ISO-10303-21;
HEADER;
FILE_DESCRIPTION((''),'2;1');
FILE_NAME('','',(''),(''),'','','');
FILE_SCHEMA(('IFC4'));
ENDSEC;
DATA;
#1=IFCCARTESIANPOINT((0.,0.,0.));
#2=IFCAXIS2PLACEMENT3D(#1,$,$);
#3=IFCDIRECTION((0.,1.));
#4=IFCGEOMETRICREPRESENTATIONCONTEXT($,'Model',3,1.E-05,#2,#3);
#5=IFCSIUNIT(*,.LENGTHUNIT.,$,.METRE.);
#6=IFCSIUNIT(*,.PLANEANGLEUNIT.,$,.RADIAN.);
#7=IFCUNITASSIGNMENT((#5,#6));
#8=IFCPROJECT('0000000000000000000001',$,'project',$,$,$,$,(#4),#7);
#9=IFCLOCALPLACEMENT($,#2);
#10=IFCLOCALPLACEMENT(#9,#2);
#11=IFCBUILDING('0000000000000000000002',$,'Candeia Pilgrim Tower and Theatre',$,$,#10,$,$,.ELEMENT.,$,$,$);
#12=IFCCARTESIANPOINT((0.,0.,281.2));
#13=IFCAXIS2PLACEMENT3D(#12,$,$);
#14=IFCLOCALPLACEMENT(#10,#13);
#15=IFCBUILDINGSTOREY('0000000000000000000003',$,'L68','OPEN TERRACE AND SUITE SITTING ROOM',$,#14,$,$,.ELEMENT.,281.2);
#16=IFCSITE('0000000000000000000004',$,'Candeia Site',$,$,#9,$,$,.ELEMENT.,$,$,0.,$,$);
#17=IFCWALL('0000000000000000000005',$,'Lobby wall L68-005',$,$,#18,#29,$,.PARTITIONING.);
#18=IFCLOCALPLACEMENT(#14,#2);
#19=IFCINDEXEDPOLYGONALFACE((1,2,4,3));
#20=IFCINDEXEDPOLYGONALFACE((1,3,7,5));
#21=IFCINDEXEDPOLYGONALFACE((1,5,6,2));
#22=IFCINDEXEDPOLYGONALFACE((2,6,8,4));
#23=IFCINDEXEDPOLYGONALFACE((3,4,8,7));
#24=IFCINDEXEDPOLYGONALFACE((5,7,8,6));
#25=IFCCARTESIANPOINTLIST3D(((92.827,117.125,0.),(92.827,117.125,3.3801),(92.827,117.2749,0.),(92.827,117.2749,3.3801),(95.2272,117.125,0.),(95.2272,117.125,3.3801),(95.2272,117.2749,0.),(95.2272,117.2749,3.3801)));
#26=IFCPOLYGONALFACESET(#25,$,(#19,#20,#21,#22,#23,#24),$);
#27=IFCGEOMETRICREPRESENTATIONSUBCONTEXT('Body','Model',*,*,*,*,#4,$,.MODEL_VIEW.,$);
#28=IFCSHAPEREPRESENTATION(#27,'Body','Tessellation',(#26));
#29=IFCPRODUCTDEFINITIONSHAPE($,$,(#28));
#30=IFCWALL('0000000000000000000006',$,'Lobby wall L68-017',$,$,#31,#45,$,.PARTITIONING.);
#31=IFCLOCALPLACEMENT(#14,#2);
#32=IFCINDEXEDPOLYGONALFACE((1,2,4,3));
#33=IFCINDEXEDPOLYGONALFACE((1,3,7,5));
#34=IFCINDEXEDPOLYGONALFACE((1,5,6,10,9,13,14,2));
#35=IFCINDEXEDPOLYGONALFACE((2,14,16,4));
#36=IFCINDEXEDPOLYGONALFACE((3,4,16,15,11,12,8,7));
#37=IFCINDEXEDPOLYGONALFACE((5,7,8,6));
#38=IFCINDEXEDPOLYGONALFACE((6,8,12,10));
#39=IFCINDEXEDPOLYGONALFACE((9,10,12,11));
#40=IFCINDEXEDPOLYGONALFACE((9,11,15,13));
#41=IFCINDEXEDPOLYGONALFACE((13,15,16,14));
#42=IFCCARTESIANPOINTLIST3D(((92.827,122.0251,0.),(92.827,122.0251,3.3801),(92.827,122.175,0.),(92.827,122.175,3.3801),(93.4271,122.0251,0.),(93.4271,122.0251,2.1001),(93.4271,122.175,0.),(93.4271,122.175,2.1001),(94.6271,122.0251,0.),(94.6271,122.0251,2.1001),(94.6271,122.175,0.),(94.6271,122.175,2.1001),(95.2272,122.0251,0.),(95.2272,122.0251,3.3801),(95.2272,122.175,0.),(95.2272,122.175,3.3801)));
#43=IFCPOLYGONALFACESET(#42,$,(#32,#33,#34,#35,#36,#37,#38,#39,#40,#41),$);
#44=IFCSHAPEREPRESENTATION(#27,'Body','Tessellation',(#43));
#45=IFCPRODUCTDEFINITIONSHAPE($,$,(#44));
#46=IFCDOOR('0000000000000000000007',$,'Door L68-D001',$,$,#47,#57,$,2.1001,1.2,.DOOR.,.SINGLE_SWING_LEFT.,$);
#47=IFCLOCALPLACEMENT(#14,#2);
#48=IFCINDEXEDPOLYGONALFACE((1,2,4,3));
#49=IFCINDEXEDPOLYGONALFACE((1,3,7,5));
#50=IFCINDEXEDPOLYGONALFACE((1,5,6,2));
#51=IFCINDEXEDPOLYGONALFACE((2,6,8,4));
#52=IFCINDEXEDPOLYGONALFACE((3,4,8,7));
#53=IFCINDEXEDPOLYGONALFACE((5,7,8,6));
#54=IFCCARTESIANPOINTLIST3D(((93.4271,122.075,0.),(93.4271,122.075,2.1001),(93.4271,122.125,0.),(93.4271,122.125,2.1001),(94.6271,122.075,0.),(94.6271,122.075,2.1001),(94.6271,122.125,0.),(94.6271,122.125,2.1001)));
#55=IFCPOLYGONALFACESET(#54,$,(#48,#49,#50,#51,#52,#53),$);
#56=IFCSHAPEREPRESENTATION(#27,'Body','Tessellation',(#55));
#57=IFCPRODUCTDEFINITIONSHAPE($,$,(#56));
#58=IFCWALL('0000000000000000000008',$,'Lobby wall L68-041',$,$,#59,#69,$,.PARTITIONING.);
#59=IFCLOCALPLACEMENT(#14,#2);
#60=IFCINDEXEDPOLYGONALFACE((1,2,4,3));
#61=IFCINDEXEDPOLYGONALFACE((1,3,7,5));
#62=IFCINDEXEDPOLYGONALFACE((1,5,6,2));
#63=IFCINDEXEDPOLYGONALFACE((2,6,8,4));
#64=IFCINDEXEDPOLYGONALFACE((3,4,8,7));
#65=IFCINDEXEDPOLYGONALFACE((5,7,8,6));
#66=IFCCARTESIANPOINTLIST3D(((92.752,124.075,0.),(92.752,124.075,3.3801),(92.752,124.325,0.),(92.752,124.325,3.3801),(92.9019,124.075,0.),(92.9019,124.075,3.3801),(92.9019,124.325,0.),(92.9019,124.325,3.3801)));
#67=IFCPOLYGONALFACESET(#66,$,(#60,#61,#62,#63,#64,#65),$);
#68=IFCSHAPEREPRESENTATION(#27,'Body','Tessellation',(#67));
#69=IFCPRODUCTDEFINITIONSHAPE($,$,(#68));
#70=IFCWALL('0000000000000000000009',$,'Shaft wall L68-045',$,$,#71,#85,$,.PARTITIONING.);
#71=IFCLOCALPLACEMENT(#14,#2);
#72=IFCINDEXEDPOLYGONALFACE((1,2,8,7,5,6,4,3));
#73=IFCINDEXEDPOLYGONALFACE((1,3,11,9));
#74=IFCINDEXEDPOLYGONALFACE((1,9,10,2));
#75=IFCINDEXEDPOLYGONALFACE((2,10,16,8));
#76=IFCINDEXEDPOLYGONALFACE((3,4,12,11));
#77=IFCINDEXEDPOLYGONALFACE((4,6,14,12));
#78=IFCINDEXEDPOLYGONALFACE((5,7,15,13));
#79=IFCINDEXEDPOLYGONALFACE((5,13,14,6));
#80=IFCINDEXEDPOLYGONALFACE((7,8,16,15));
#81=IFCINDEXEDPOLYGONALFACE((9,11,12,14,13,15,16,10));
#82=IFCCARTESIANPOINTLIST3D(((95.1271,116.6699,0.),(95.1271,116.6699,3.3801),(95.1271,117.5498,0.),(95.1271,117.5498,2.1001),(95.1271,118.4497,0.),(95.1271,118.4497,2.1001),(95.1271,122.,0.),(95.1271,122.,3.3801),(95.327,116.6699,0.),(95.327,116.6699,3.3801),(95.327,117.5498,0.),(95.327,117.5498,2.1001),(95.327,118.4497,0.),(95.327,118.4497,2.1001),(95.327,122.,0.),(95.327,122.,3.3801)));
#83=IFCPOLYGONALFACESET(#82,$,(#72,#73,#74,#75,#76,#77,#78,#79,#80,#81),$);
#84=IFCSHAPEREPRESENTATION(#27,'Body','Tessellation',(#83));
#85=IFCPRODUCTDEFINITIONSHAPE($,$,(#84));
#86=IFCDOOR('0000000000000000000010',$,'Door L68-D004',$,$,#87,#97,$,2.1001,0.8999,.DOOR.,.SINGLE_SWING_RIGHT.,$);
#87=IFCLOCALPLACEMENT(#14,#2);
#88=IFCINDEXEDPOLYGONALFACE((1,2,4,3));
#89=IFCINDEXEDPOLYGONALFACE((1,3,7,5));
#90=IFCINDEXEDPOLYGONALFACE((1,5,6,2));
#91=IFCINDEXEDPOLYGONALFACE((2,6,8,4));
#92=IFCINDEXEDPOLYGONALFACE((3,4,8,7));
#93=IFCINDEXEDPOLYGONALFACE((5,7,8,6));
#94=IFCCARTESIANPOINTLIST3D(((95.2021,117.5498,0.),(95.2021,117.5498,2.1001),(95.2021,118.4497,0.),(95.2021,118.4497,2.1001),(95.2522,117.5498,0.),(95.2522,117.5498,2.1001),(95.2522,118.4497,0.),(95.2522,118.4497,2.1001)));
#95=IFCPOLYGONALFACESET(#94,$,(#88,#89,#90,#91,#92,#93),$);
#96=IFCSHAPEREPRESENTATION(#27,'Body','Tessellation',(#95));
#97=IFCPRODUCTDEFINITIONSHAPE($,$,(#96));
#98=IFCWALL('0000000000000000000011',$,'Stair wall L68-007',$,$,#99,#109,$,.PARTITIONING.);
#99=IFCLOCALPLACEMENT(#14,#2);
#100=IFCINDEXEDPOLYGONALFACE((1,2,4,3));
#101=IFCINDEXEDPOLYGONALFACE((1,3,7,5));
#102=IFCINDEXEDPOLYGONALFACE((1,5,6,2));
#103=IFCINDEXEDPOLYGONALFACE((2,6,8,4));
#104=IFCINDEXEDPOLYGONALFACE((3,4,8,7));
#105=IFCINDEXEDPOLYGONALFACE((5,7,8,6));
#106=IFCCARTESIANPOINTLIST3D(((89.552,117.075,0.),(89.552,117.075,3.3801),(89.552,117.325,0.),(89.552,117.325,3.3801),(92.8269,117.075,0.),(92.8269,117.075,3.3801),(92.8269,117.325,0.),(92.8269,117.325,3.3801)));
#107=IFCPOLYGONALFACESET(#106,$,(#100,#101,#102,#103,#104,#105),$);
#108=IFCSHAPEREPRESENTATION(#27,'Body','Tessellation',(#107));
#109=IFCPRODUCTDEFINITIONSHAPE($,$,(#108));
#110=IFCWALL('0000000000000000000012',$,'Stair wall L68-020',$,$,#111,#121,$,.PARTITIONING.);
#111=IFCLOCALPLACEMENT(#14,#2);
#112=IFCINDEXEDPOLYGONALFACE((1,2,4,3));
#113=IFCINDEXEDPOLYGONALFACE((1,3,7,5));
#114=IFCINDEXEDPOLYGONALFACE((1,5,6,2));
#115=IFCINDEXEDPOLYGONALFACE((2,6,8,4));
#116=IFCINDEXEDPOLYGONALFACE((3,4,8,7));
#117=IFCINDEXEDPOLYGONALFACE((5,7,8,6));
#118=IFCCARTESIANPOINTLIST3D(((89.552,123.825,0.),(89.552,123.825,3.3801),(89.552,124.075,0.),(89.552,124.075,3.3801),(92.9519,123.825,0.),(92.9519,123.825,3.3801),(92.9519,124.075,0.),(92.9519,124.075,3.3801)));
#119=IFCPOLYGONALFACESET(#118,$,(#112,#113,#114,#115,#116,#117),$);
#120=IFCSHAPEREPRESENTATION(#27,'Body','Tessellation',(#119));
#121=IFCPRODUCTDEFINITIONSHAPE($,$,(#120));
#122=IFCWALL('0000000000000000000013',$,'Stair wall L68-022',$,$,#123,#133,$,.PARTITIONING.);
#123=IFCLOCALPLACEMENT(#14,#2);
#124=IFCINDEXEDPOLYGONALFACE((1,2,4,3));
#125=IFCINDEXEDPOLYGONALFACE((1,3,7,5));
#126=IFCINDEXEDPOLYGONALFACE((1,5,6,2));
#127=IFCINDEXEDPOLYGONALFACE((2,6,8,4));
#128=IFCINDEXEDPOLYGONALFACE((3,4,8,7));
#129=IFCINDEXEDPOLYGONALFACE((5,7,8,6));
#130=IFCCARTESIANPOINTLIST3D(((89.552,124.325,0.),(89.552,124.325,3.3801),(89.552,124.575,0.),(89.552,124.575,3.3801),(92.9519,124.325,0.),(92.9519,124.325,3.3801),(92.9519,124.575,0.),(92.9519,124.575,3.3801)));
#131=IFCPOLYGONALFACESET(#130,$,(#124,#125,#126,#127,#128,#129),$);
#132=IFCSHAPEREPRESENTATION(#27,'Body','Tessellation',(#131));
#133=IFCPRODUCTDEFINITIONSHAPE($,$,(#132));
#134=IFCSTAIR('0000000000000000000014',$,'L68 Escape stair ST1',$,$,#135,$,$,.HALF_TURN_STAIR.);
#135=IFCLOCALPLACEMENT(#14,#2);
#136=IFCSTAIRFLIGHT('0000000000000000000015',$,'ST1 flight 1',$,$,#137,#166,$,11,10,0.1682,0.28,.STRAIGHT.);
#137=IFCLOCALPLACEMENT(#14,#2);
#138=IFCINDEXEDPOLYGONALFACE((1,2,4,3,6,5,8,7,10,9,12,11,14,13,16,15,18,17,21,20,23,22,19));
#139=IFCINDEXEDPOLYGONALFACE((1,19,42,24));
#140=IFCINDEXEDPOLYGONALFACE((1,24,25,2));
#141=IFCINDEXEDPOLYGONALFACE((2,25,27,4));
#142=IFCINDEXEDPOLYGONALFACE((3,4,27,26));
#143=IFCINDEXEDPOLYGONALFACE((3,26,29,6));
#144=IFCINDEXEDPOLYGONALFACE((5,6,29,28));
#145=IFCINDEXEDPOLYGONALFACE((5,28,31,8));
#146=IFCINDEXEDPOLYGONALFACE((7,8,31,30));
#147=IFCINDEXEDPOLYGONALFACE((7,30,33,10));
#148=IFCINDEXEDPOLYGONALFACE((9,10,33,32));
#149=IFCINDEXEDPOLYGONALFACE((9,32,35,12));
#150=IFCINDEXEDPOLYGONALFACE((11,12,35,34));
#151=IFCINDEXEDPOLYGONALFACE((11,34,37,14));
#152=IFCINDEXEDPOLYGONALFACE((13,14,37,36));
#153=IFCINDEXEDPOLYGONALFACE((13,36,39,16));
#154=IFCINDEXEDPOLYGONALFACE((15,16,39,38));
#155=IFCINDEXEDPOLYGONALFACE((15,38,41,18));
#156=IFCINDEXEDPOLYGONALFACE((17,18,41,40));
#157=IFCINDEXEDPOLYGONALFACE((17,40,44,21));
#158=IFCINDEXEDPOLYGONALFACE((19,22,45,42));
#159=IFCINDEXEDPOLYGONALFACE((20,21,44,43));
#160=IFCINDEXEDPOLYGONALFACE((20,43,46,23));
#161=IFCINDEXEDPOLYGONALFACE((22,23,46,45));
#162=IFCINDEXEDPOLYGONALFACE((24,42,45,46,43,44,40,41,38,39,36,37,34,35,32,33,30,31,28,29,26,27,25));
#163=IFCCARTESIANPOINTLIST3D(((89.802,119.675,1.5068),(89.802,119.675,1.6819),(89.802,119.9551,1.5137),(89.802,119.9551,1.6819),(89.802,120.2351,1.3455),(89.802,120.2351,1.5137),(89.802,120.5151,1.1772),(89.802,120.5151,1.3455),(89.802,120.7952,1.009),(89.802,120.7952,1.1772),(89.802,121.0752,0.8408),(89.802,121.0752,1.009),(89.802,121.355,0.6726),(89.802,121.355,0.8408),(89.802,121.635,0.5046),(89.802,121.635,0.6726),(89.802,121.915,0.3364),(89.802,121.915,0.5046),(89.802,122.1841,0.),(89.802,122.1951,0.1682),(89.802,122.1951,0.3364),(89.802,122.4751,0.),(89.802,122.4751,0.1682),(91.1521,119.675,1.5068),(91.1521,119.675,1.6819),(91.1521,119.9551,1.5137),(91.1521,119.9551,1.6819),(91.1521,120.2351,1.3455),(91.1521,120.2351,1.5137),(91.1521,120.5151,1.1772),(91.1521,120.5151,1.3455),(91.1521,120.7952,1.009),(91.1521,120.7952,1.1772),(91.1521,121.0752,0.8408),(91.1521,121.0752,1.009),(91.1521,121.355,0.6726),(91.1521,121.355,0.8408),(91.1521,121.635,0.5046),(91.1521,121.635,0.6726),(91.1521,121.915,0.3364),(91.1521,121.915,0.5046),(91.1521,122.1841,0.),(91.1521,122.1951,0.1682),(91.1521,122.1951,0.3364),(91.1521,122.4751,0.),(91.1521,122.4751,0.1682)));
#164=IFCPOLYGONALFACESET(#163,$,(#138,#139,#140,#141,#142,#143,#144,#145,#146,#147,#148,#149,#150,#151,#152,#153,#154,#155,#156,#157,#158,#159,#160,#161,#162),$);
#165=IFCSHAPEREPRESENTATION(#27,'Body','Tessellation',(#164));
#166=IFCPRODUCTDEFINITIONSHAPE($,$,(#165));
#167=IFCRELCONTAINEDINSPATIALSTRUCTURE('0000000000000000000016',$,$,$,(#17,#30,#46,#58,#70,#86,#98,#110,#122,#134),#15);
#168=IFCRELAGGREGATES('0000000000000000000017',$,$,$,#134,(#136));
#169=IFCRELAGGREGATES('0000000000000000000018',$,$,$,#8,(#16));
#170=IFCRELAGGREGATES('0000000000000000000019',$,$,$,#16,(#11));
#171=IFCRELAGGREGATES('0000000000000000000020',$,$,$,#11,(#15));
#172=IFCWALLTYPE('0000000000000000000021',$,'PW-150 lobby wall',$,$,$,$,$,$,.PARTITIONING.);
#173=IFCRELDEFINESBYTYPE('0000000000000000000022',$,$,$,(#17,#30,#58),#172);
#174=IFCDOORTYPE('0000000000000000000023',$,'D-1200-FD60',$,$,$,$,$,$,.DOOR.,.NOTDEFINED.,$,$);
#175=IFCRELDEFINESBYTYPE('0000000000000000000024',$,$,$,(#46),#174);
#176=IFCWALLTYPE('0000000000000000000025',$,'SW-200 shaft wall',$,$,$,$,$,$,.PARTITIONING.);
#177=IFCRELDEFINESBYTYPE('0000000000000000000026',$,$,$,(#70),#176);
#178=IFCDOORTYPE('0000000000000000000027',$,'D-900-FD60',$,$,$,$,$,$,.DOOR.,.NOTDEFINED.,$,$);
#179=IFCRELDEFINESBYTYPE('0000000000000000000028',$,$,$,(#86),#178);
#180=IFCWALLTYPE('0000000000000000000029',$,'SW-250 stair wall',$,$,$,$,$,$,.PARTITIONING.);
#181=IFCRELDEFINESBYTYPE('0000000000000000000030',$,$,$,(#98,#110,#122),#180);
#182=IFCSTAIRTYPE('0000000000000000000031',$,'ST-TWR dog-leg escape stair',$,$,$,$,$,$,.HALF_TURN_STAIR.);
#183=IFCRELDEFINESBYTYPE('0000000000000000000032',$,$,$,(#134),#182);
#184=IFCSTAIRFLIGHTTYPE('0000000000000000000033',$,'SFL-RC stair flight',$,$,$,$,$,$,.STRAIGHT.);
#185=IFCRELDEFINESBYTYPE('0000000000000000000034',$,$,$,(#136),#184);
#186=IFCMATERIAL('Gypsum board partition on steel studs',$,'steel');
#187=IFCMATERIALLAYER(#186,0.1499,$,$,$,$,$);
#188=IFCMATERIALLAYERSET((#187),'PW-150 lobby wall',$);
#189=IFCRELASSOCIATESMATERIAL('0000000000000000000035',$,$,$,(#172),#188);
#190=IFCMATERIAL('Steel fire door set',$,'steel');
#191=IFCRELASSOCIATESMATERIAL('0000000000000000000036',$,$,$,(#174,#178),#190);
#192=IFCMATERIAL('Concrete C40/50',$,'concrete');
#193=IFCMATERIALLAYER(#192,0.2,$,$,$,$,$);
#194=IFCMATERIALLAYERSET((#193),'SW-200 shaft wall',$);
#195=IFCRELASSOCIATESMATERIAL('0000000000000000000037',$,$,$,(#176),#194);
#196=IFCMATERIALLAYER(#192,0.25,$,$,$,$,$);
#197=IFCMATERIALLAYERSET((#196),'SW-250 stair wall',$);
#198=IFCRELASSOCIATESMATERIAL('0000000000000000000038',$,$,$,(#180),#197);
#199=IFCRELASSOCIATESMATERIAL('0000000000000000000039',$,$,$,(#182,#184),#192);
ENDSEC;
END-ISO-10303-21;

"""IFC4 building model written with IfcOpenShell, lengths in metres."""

from ifc_helpers import new_model, si_unit, direction, frame, frame_2d, origin, place, context, subcontext, project, spatial, polyline, rectangle, outline, extrude, material, layer, layer_set, type_object, element, fill, aggregate, save


model = new_model("IFC4")

# Units and contexts
model_context = context("Model", 3, precision=1e-05, world=origin(), true_north=direction((0.0, 1.0)))
body_context = subcontext(model_context, "Body", "Model", "MODEL_VIEW")
ifc_project = project(units=[si_unit("LENGTHUNIT", "METRE"), si_unit("PLANEANGLEUNIT", "RADIAN")], contexts=[model_context])

# Site, building, storey
site_placement = place(None, origin())
site = spatial("IfcSite", under=ifc_project, at=site_placement, Name="Candeia Site", CompositionType="ELEMENT", RefElevation=0.0)
building_placement = place(site_placement, origin())
building = spatial("IfcBuilding", under=site, at=building_placement, Name="Candeia Pilgrim Tower and Theatre", CompositionType="ELEMENT")
storey_placement = place(building_placement, frame((0.0, 0.0, 281.2)))
storey = spatial("IfcBuildingStorey", under=building, at=storey_placement, Name="L68", Description="OPEN TERRACE AND SUITE SITTING ROOM", CompositionType="ELEMENT", Elevation=281.2)

# Wall
ifc_material_1 = material(Name="Gypsum board partition on steel studs", Category="steel")
ifc_layer_1 = layer(ifc_material_1, 0.1499)
ifc_layer_set_1 = layer_set([ifc_layer_1], Name="PW-150 lobby wall")
wall_type_1 = type_object("IfcWallType", Name="PW-150 lobby wall", PredefinedType="PARTITIONING", material=ifc_layer_set_1)
wall_1_placement = place(storey_placement, frame((92.8269, 117.2, 0.0), z_axis=(0.0, 0.0, 1.0), x_axis=(1.0, 0.0, 0.0)))
element("IfcWall", 1, at=wall_1_placement, inside=storey, type_object=wall_type_1, Name="Lobby wall L68-005", PredefinedType="PARTITIONING", context=body_context, shape_type="SweptSolid", body=[
    extrude(rectangle(XDim=2.4001, YDim=0.1499, at=frame_2d((1.2002, 0.0))), origin(), (0.0, 0.0, 1.0), 3.3801),
])

# Wall, opening, door
wall_2_placement = place(storey_placement, frame((92.8269, 122.1001, 0.0), z_axis=(0.0, 0.0, 1.0), x_axis=(1.0, 0.0, 0.0)))
wall_2 = element("IfcWall", 2, at=wall_2_placement, inside=storey, type_object=wall_type_1, Name="Lobby wall L68-017", PredefinedType="PARTITIONING", context=body_context, shape_type="SweptSolid", body=[
    extrude(rectangle(XDim=2.4001, YDim=0.1499, at=frame_2d((1.2002, 0.0))), origin(), (0.0, 0.0, 1.0), 3.3801),
])
opening_1_placement = place(wall_2_placement, frame((0.6001, 0.0, 0.0)))
opening_1 = element("IfcOpeningElement", 3, at=opening_1_placement, cuts=wall_2, PredefinedType="OPENING", context=body_context, shape_type="SweptSolid", body=[
    extrude(rectangle(XDim=1.2, YDim=2.1001, at=frame_2d((0.6001, 1.05))), frame((0.0, 0.085, 0.0), z_axis=(0.0, -1.0, 0.0), x_axis=(1.0, 0.0, 0.0)), (0.0, 0.0, 1.0), 0.1699),
])
ifc_material_2 = material(Name="Steel fire door set", Category="steel")
door_type_1 = type_object("IfcDoorType", Name="D-1200-FD60", OperationType="NOTDEFINED", PredefinedType="DOOR", material=ifc_material_2)
door_1_placement = place(opening_1_placement, origin())
door_1 = element("IfcDoor", 4, at=door_1_placement, inside=storey, type_object=door_type_1, Name="Door L68-D001", OperationType="SINGLE_SWING_LEFT", OverallHeight=2.1001, OverallWidth=1.2, PredefinedType="DOOR", context=body_context, shape_type="SweptSolid", body=[
    extrude(rectangle(XDim=1.2, YDim=2.1001, at=frame_2d((0.6001, 1.05))), frame((0.0, 0.0249, 0.0), z_axis=(0.0, -1.0, 0.0), x_axis=(1.0, 0.0, 0.0)), (0.0, 0.0, 1.0), 0.05),
])
fill(opening_1, door_1)

# Wall
wall_3_placement = place(storey_placement, frame((92.8269, 124.075, 0.0), z_axis=(0.0, 0.0, 1.0), x_axis=(0.0, 1.0, 0.0)))
element("IfcWall", 5, at=wall_3_placement, inside=storey, type_object=wall_type_1, Name="Lobby wall L68-041", PredefinedType="PARTITIONING", context=body_context, shape_type="SweptSolid", body=[
    extrude(rectangle(XDim=0.25, YDim=0.1499, at=frame_2d((0.125, 0.0))), origin(), (0.0, 0.0, 1.0), 3.3801),
])

# Wall, opening, door
ifc_material_3 = material(Name="Concrete C40/50", Category="concrete")
ifc_layer_2 = layer(ifc_material_3, 0.2)
ifc_layer_set_2 = layer_set([ifc_layer_2], Name="SW-200 shaft wall")
wall_type_2 = type_object("IfcWallType", Name="SW-200 shaft wall", PredefinedType="PARTITIONING", material=ifc_layer_set_2)
wall_4_placement = place(storey_placement, frame((95.2271, 116.6699, 0.0), z_axis=(0.0, 0.0, 1.0), x_axis=(0.0, 1.0, 0.0)))
wall_4 = element("IfcWall", 6, at=wall_4_placement, inside=storey, type_object=wall_type_2, Name="Shaft wall L68-045", PredefinedType="PARTITIONING", context=body_context, shape_type="SweptSolid", body=[
    extrude(rectangle(XDim=5.3301, YDim=0.2, at=frame_2d((2.665, 0.0))), origin(), (0.0, 0.0, 1.0), 3.3801),
])
opening_2_placement = place(wall_4_placement, frame((0.8799, 0.0, 0.0)))
opening_2 = element("IfcOpeningElement", 7, at=opening_2_placement, cuts=wall_4, PredefinedType="OPENING", context=body_context, shape_type="SweptSolid", body=[
    extrude(rectangle(XDim=0.8999, YDim=2.1001, at=frame_2d((0.45, 1.05))), frame((0.0, 0.1099, 0.0), z_axis=(0.0, -1.0, 0.0), x_axis=(1.0, 0.0, 0.0)), (0.0, 0.0, 1.0), 0.22),
])
door_type_2 = type_object("IfcDoorType", Name="D-900-FD60", OperationType="NOTDEFINED", PredefinedType="DOOR", material=ifc_material_2)
door_2_placement = place(opening_2_placement, origin())
door_2 = element("IfcDoor", 8, at=door_2_placement, inside=storey, type_object=door_type_2, Name="Door L68-D004", OperationType="SINGLE_SWING_RIGHT", OverallHeight=2.1001, OverallWidth=0.8999, PredefinedType="DOOR", context=body_context, shape_type="SweptSolid", body=[
    extrude(rectangle(XDim=0.8999, YDim=2.1001, at=frame_2d((0.45, 1.05))), frame((0.0, 0.0249, 0.0), z_axis=(0.0, -1.0, 0.0), x_axis=(1.0, 0.0, 0.0)), (0.0, 0.0, 1.0), 0.05),
])
fill(opening_2, door_2)

# Walls
ifc_layer_3 = layer(ifc_material_3, 0.25)
ifc_layer_set_3 = layer_set([ifc_layer_3], Name="SW-250 stair wall")
wall_type_3 = type_object("IfcWallType", Name="SW-250 stair wall", PredefinedType="PARTITIONING", material=ifc_layer_set_3)
wall_5_placement = place(storey_placement, frame((89.552, 117.2, 0.0), z_axis=(0.0, 0.0, 1.0), x_axis=(1.0, 0.0, 0.0)))
element("IfcWall", 9, at=wall_5_placement, inside=storey, type_object=wall_type_3, Name="Stair wall L68-007", PredefinedType="PARTITIONING", context=body_context, shape_type="SweptSolid", body=[
    extrude(rectangle(XDim=3.2749, YDim=0.25, at=frame_2d((1.6375, 0.0))), origin(), (0.0, 0.0, 1.0), 3.3801),
])
for number, where, z_axis, x_axis, name in (
    (10, (89.552, 123.95, 0.0), (0.0, 0.0, 1.0), (1.0, 0.0, 0.0), "Stair wall L68-020"),
    (11, (89.552, 124.45, 0.0), (0.0, 0.0, 1.0), (1.0, 0.0, 0.0), "Stair wall L68-022"),
):
    element("IfcWall", number, at=place(storey_placement, frame(where, z_axis=z_axis, x_axis=x_axis)), inside=storey, type_object=wall_type_3, Name=name, PredefinedType="PARTITIONING", context=body_context, shape_type="SweptSolid", body=[
        extrude(rectangle(XDim=3.3999, YDim=0.25, at=frame_2d((1.7, 0.0))), origin(), (0.0, 0.0, 1.0), 3.3801),
    ])

# Stair, stair flight
stair_type = type_object("IfcStairType", Name="ST-TWR dog-leg escape stair", PredefinedType="HALF_TURN_STAIR", material=ifc_material_3)
stair_placement = place(storey_placement, origin())
stair = element("IfcStair", 12, at=stair_placement, inside=storey, type_object=stair_type, Name="L68 Escape stair ST1", PredefinedType="HALF_TURN_STAIR")
stair_flight_type = type_object("IfcStairFlightType", Name="SFL-RC stair flight", PredefinedType="STRAIGHT", material=ifc_material_3)
stair_flight_1_placement = place(storey_placement, frame((90.4771, 122.4751, 0.0), z_axis=(0.0, 0.0, 1.0), x_axis=(0.0, -1.0, 0.0)))
stair_flight_1 = element("IfcStairFlight", 13, at=stair_flight_1_placement, type_object=stair_flight_type, Name="ST1 flight 1", NumberOfRisers=11, NumberOfTreads=10, PredefinedType="STRAIGHT", RiserHeight=0.1682, TreadLength=0.28, context=body_context, shape_type="SweptSolid", body=[
    extrude(outline(polyline([(0.0, 0.0), (0.0, 0.1682), (0.28, 0.1682), (0.28, 0.3364), (0.5601, 0.3364), (0.5601, 0.5046), (0.8401, 0.5046), (0.8401, 0.6726), (1.1201, 0.6726), (1.1201, 0.8408), (1.3999, 0.8408), (1.3999, 1.009), (1.6799, 1.009), (1.6799, 1.1772), (1.96, 1.1772), (1.96, 1.3455), (2.24, 1.3455), (2.24, 1.5137), (2.52, 1.5137), (2.52, 1.6819), (2.8, 1.6819), (2.8, 1.8501), (2.8, 1.5068), (0.291, 0.0), (0.0, 0.0)])), frame((0.0, 0.675, 0.0), z_axis=(0.0, -1.0, 0.0), x_axis=(1.0, 0.0, 0.0)), (0.0, 0.0, 1.0), 1.3501),
])
aggregate(stair, [stair_flight_1])

save(model, "model.ifc")
